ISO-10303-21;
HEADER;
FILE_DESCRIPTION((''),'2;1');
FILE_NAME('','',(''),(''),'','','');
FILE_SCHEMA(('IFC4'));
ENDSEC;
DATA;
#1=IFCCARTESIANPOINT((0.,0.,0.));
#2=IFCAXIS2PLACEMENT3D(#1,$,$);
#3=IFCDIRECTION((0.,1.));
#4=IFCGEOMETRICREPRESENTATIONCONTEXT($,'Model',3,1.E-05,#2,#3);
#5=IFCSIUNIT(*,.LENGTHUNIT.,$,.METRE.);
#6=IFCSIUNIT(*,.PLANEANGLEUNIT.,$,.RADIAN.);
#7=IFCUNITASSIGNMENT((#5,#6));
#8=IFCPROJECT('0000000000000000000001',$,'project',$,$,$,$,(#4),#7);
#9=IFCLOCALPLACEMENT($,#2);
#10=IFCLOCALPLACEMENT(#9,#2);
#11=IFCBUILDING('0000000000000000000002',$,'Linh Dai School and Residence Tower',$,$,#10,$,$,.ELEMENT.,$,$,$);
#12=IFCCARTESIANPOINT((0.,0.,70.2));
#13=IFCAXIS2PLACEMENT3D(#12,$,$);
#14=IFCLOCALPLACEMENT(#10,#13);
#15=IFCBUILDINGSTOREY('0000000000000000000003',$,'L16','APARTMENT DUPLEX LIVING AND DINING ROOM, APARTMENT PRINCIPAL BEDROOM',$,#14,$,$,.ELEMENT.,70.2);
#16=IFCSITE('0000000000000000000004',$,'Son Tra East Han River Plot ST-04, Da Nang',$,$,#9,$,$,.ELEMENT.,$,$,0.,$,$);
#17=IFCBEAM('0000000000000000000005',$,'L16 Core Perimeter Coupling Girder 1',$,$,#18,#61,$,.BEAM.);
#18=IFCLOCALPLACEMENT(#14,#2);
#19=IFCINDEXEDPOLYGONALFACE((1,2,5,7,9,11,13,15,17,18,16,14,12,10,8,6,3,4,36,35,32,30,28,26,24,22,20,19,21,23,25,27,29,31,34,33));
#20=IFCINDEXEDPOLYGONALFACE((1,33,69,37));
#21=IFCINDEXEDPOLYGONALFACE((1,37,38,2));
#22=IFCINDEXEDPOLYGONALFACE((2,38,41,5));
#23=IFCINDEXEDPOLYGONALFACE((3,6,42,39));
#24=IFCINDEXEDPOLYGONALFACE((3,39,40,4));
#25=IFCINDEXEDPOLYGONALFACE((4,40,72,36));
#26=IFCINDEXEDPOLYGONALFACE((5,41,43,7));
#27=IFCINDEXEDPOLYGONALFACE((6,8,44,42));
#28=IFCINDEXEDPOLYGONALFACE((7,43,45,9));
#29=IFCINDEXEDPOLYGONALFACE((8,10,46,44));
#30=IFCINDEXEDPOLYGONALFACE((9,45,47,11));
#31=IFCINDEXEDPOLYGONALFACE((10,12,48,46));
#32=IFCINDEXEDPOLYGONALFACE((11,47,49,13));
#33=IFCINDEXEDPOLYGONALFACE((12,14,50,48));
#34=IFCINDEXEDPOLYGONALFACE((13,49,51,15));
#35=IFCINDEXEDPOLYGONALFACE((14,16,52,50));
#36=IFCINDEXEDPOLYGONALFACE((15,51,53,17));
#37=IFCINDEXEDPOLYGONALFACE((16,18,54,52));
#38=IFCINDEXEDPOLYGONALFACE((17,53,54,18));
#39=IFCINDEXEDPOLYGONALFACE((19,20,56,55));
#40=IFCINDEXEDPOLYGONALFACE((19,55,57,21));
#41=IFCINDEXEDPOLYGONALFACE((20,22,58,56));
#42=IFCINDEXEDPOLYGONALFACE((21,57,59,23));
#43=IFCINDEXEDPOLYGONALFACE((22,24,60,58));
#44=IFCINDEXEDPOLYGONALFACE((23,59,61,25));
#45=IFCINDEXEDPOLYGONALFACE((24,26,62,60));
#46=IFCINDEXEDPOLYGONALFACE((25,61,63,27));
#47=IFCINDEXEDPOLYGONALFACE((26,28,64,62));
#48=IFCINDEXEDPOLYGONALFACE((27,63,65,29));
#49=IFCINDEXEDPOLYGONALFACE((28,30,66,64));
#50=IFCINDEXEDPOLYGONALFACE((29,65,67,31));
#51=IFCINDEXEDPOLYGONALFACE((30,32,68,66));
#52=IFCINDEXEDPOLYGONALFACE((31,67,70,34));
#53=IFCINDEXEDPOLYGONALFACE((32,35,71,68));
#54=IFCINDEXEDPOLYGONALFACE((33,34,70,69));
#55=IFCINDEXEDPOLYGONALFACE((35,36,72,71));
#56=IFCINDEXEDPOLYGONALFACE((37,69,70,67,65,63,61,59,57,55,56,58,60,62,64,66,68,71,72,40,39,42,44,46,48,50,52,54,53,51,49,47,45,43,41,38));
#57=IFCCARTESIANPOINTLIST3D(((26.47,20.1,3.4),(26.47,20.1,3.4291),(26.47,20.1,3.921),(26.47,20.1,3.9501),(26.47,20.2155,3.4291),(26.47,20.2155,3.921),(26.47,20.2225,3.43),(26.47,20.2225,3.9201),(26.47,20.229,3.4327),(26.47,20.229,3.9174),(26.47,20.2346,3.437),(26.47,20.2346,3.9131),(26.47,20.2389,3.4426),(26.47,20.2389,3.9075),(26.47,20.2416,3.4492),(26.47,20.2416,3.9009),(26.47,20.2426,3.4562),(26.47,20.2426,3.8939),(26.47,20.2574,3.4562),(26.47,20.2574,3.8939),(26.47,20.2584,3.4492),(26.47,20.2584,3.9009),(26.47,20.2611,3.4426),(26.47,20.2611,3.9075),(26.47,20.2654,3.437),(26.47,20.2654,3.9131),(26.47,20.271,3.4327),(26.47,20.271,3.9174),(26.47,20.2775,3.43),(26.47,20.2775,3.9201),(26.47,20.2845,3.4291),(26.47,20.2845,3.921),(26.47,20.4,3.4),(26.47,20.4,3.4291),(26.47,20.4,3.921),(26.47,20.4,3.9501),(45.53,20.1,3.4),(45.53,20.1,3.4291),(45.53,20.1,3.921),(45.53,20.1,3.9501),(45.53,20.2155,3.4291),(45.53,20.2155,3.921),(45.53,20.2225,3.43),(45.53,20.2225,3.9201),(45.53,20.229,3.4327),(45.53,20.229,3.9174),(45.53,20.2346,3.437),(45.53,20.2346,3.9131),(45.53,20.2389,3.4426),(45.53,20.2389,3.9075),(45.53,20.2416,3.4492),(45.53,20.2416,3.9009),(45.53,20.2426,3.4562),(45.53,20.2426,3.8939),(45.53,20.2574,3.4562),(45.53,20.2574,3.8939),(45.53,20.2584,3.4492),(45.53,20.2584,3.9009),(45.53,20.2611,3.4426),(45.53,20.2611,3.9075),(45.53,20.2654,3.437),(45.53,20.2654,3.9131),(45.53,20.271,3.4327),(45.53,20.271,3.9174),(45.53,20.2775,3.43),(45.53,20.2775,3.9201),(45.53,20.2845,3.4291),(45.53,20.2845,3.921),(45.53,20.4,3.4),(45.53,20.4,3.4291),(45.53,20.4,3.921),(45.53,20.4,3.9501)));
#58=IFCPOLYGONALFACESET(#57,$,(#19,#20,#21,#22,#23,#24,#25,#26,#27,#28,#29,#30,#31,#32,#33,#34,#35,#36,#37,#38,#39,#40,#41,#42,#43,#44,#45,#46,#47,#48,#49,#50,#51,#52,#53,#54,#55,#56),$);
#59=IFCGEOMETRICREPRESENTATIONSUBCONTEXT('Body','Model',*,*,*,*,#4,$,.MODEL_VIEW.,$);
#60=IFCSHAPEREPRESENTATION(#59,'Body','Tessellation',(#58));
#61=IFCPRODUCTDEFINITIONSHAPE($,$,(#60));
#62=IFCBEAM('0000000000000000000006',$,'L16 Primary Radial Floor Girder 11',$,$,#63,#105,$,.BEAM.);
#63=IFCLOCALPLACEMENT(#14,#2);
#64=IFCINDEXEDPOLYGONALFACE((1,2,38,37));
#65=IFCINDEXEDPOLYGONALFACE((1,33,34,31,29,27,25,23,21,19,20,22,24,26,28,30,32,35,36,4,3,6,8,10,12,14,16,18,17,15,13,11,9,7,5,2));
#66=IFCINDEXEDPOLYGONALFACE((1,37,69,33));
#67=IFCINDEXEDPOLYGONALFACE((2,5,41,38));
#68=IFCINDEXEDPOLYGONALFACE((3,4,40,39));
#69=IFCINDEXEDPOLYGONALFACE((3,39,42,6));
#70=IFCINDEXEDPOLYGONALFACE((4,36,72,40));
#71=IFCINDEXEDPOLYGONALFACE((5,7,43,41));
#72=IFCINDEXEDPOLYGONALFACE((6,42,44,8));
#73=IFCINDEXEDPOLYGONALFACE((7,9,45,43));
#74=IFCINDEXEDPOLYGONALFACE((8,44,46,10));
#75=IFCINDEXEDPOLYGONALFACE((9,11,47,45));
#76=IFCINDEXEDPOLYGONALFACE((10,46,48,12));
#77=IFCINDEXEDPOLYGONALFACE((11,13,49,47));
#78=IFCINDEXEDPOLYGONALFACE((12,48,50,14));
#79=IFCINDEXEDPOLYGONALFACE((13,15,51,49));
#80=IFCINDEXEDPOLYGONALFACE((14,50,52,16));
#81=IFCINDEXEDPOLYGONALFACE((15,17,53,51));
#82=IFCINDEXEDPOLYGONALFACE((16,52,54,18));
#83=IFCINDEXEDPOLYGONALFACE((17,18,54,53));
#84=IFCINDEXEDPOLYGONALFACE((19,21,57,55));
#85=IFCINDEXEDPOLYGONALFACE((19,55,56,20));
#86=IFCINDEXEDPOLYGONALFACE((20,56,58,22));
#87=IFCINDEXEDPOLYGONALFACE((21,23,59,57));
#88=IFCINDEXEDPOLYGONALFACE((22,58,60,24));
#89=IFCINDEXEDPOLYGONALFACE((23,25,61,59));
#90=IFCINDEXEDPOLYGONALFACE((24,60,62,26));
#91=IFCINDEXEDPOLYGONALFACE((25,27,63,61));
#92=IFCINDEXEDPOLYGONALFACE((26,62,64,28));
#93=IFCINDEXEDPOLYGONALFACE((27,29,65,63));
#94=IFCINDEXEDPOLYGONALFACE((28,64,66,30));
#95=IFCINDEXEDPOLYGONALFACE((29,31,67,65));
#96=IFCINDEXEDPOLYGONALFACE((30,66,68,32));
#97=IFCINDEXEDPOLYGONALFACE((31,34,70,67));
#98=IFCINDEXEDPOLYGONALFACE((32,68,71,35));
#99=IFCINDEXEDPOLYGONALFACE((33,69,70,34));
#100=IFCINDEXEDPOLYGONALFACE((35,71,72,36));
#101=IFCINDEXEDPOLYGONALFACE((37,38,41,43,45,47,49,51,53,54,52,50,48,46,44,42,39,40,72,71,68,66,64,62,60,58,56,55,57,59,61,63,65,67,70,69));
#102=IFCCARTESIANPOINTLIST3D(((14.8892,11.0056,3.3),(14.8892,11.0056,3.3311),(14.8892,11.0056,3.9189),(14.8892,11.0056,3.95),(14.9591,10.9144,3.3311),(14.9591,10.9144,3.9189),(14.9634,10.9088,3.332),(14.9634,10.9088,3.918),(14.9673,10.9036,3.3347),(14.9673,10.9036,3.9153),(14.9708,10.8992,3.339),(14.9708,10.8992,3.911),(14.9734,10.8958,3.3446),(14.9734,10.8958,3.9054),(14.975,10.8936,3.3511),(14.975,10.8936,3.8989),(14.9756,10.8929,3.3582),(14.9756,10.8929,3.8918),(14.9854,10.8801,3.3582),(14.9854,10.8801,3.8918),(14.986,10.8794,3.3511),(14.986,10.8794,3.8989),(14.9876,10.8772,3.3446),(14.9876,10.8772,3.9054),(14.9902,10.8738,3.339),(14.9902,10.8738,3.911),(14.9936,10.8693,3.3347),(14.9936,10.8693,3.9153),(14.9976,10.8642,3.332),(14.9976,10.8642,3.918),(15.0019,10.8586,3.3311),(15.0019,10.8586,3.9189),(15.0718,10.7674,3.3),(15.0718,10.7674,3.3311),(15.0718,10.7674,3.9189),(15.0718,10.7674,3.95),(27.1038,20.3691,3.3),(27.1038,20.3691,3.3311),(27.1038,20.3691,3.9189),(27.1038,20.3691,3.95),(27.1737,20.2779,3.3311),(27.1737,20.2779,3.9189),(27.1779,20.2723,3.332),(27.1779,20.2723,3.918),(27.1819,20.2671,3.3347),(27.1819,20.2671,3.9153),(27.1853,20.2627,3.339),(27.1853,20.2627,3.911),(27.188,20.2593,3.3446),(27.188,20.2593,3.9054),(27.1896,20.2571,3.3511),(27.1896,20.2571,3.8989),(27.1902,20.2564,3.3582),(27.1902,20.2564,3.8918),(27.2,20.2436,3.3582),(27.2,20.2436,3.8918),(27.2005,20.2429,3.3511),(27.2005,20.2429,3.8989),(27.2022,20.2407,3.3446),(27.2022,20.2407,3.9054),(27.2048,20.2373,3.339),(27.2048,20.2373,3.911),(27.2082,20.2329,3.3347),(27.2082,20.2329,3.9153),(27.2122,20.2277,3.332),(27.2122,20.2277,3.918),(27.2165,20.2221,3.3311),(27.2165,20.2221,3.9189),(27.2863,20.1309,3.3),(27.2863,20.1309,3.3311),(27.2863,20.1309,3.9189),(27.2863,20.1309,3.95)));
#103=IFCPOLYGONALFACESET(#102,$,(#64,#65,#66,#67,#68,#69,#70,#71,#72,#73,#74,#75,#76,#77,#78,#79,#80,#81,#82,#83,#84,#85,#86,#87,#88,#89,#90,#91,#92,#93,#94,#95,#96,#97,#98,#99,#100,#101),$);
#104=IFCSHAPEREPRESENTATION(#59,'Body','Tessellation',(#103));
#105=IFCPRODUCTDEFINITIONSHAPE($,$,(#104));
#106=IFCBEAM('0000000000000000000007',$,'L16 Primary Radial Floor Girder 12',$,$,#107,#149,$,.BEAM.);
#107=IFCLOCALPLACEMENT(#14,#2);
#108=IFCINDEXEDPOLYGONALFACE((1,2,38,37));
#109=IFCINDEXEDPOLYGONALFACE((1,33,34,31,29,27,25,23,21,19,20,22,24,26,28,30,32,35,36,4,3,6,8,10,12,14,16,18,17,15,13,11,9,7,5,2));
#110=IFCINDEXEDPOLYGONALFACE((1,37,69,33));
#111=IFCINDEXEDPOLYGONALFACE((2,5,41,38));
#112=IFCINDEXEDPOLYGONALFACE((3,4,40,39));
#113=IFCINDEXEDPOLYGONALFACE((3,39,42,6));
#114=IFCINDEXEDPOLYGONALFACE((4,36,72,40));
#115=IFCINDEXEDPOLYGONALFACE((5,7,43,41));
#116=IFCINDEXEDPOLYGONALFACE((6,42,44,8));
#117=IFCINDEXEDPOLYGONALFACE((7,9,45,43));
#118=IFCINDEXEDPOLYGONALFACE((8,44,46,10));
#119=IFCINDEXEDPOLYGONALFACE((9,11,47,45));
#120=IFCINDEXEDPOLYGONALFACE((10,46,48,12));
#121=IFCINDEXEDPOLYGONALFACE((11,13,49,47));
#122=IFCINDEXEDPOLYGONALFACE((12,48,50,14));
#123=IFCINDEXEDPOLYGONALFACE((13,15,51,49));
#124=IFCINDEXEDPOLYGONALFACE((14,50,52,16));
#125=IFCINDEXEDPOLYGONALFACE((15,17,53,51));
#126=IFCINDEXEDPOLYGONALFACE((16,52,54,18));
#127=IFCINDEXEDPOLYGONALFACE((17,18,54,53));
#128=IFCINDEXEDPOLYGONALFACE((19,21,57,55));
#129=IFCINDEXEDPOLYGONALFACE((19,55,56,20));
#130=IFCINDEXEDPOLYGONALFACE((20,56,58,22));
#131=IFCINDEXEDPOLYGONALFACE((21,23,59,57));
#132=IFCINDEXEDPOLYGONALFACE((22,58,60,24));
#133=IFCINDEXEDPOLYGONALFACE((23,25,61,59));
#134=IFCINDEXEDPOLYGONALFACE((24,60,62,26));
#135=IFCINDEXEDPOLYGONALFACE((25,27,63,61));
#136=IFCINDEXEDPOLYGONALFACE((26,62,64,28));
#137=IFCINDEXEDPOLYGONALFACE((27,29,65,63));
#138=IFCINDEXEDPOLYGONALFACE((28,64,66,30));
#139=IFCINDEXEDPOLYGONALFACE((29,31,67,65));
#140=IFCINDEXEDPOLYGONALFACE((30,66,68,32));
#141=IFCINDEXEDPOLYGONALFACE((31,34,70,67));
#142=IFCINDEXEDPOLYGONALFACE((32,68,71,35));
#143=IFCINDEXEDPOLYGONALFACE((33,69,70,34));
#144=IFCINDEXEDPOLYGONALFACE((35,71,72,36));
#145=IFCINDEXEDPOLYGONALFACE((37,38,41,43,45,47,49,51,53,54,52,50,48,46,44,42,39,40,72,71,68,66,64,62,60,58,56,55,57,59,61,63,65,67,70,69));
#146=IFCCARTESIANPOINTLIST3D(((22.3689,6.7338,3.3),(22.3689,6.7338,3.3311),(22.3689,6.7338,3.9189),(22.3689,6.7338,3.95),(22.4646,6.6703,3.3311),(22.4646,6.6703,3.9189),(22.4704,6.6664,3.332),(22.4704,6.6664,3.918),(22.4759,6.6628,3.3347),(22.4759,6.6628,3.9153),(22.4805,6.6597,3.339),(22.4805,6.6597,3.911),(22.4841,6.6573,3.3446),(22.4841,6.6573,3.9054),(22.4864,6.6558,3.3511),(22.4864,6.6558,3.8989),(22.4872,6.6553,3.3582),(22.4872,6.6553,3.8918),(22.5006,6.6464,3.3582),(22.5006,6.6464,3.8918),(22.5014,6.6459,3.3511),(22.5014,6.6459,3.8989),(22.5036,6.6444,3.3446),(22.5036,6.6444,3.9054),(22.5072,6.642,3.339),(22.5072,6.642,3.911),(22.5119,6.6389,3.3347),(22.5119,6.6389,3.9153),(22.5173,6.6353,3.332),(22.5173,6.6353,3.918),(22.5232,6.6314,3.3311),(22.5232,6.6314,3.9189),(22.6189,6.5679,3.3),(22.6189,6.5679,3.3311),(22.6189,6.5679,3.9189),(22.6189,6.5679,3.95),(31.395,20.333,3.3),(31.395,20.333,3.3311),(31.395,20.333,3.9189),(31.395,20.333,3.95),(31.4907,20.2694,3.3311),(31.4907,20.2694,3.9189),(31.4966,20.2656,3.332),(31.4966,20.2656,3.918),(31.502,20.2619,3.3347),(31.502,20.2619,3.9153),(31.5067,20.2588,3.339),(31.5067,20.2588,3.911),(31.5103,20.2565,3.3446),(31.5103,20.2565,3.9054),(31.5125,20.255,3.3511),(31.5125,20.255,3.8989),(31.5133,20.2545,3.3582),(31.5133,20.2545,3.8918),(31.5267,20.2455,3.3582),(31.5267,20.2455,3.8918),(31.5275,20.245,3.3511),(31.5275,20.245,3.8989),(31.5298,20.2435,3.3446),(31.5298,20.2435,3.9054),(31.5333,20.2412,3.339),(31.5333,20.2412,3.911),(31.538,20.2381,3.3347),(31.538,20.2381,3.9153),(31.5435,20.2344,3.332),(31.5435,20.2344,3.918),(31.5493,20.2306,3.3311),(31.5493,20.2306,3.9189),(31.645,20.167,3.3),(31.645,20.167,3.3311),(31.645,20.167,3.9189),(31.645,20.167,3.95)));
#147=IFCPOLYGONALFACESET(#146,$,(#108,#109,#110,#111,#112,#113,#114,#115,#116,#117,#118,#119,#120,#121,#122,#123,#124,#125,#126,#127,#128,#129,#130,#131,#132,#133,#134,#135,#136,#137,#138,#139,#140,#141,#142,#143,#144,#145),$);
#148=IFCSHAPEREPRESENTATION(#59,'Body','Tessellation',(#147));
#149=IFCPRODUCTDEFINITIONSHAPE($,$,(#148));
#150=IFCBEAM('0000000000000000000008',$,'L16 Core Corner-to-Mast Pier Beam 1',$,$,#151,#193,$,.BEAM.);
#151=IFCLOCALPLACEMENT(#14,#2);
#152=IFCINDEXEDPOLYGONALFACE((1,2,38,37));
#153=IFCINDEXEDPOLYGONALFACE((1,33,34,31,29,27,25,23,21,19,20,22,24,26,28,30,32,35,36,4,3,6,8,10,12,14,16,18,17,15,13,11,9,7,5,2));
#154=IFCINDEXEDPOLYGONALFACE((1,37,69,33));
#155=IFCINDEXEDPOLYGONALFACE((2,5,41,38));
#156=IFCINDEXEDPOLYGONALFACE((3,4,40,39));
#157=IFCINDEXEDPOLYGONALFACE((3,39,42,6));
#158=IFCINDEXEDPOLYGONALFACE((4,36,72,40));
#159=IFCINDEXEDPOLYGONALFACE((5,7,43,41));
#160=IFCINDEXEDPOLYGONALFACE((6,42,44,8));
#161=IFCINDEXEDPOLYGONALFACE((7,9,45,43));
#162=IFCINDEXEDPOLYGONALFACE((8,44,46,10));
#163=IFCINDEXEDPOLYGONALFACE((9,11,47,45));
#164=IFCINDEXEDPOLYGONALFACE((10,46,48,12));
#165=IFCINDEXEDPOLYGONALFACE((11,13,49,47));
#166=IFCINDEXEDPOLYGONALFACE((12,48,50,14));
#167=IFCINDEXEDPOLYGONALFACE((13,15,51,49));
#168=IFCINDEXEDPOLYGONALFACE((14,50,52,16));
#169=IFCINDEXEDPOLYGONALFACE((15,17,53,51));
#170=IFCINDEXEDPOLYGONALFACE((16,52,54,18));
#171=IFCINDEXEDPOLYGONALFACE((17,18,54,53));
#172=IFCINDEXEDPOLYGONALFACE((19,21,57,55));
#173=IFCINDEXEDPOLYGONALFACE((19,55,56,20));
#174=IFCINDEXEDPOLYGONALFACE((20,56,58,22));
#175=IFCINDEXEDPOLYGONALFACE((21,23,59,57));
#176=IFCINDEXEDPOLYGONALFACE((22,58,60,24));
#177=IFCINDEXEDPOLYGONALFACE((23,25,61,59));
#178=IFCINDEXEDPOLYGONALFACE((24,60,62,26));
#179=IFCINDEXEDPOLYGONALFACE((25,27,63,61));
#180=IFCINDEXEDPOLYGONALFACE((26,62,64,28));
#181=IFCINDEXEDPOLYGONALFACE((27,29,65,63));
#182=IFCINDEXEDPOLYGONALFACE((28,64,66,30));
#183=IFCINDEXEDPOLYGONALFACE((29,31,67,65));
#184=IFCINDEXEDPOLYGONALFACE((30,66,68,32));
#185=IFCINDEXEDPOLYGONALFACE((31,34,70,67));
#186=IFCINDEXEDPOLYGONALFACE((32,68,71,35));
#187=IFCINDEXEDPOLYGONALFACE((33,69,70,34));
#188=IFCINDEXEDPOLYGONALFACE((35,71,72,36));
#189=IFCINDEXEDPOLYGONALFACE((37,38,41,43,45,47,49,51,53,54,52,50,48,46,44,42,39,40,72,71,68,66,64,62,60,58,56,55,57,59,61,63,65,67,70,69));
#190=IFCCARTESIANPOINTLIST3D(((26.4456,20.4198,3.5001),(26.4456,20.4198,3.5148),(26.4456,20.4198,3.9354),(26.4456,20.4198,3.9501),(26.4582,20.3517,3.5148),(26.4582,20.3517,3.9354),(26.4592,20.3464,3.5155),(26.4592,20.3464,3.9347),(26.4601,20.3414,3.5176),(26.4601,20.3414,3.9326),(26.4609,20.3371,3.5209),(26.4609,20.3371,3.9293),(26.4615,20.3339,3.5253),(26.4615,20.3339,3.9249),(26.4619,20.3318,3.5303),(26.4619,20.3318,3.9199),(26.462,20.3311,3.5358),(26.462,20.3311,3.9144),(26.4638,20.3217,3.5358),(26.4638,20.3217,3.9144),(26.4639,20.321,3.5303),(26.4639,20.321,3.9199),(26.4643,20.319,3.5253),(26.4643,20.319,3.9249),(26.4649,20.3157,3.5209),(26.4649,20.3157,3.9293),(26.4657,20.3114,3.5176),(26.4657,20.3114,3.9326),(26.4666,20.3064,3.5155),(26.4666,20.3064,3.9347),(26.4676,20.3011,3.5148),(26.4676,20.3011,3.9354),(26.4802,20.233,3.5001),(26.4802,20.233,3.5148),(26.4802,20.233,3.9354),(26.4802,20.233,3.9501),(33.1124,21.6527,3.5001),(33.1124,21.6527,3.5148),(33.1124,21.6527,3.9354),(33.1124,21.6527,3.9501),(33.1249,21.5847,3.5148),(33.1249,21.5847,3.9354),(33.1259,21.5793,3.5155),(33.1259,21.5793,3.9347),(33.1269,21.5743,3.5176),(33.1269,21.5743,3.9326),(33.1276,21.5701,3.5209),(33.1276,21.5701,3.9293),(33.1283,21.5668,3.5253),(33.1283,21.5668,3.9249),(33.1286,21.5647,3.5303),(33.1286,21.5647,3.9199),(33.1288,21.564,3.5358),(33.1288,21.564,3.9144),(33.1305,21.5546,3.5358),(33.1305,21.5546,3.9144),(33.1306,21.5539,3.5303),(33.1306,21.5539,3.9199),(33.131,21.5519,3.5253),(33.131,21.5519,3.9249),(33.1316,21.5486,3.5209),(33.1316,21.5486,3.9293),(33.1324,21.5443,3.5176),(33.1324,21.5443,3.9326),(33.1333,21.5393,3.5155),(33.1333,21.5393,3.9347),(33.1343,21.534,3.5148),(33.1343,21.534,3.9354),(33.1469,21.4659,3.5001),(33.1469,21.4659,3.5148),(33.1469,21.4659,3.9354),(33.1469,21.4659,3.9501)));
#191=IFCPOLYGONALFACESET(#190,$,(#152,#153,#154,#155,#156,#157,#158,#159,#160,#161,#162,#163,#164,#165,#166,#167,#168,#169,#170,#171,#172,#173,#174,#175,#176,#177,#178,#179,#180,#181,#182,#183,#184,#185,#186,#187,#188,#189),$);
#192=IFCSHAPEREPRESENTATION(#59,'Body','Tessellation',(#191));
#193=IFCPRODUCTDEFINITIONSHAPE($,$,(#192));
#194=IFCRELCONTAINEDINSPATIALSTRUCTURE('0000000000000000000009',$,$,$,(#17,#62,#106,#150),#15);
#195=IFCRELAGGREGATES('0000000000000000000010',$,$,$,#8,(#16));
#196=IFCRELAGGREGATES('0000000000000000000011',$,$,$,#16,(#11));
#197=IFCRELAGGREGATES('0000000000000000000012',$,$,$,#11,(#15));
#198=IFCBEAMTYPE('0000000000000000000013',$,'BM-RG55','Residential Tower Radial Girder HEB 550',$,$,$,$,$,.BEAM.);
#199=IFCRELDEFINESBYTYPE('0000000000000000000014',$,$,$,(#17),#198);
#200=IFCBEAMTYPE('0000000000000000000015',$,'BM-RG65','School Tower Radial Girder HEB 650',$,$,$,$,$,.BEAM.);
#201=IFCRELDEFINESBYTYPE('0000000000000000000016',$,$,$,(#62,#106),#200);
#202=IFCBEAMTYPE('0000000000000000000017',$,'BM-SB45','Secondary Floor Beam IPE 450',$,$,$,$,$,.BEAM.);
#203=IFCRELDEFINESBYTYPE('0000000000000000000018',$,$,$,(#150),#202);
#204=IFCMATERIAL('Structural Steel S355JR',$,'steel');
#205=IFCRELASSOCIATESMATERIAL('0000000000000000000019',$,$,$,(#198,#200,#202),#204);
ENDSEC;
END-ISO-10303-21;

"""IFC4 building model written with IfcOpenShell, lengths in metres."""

from ifc_helpers import new_model, si_unit, direction, frame, origin, origin_2d, place, context, subcontext, project, spatial, i_section, extrude, material, material_profile, profile_set, type_object, element, save


model = new_model("IFC4")

# Units and contexts
model_context = context("Model", 3, precision=1e-05, world=origin(), true_north=direction((0.0, 1.0)))
body_context = subcontext(model_context, "Body", "Model", "MODEL_VIEW")
ifc_project = project(units=[si_unit("LENGTHUNIT", "METRE"), si_unit("PLANEANGLEUNIT", "RADIAN")], contexts=[model_context])

# Site, building, storey
site_placement = place(None, origin())
site = spatial("IfcSite", under=ifc_project, at=site_placement, Name="Son Tra East Han River Plot ST-04, Da Nang", CompositionType="ELEMENT", RefElevation=0.0)
building_placement = place(site_placement, origin())
building = spatial("IfcBuilding", under=site, at=building_placement, Name="Linh Dai School and Residence Tower", CompositionType="ELEMENT")
storey_placement = place(building_placement, frame((0.0, 0.0, 70.2)))
storey = spatial("IfcBuildingStorey", under=building, at=storey_placement, Name="L16", Description="APARTMENT DUPLEX LIVING AND DINING ROOM, APARTMENT PRINCIPAL BEDROOM", CompositionType="ELEMENT", Elevation=70.2)

# Shared definitions
ifc_material_1 = material(Name="Structural Steel S355JR", Category="steel")

# Beams
ifc_material_profile_1 = material_profile(ifc_material_1, i_section(OverallWidth=0.3, OverallDepth=0.55, WebThickness=0.0149, FlangeThickness=0.0291, FilletRadius=0.0271, at=origin_2d()), Name="HEB 550")
ifc_profile_set_1 = profile_set([ifc_material_profile_1], Name="Structural Steel S355JR")
beam_type_1 = type_object("IfcBeamType", Name="BM-RG55", Description="Residential Tower Radial Girder HEB 550", PredefinedType="BEAM", material=ifc_profile_set_1)
beam_1_placement = place(storey_placement, frame((26.47, 20.25, 3.675), z_axis=(1.0, 0.0, 0.0), x_axis=(0.0, 1.0, 0.0)))
element("IfcBeam", 1, at=beam_1_placement, inside=storey, type_object=beam_type_1, Name="L16 Core Perimeter Coupling Girder 1", PredefinedType="BEAM", context=body_context, shape_type="SweptSolid", body=[
    extrude(i_section(OverallWidth=0.3, OverallDepth=0.55, WebThickness=0.0149, FlangeThickness=0.0291, FilletRadius=0.0271, at=origin_2d()), origin(), (0.0, 0.0, 1.0), 19.0601),
])
ifc_material_profile_2 = material_profile(ifc_material_1, i_section(OverallWidth=0.3, OverallDepth=0.6499, WebThickness=0.0161, FlangeThickness=0.031, FilletRadius=0.0271, at=origin_2d()), Name="HEB 650")
ifc_profile_set_2 = profile_set([ifc_material_profile_2], Name="Structural Steel S355JR")
beam_type_2 = type_object("IfcBeamType", Name="BM-RG65", Description="School Tower Radial Girder HEB 650", PredefinedType="BEAM", material=ifc_profile_set_2)
beam_2_placement = place(storey_placement, frame((27.1951, 20.25, 3.625), z_axis=(-0.793638, -0.608391, 0.0), x_axis=(0.608391, -0.793638, 0.0)))
element("IfcBeam", 2, at=beam_2_placement, inside=storey, type_object=beam_type_2, Name="L16 Primary Radial Floor Girder 11", PredefinedType="BEAM", context=body_context, shape_type="SweptSolid", body=[
    extrude(i_section(OverallWidth=0.3, OverallDepth=0.6499, WebThickness=0.0161, FlangeThickness=0.031, FilletRadius=0.0271, at=origin_2d()), origin(), (0.0, 0.0, 1.0), 15.3906),
])
beam_3_placement = place(storey_placement, frame((31.52, 20.25, 3.625), z_axis=(-0.553004, -0.833178, 0.0), x_axis=(0.833178, -0.553004, 0.0)))
element("IfcBeam", 3, at=beam_3_placement, inside=storey, type_object=beam_type_2, Name="L16 Primary Radial Floor Girder 12", PredefinedType="BEAM", context=body_context, shape_type="SweptSolid", body=[
    extrude(i_section(OverallWidth=0.3, OverallDepth=0.6499, WebThickness=0.0161, FlangeThickness=0.031, FilletRadius=0.0271, at=origin_2d()), origin(), (0.0, 0.0, 1.0), 16.322),
])
ifc_material_profile_3 = material_profile(ifc_material_1, i_section(OverallWidth=0.1899, OverallDepth=0.45, WebThickness=0.0095, FlangeThickness=0.0146, FilletRadius=0.021, at=origin_2d()), Name="IPE 450")
ifc_profile_set_3 = profile_set([ifc_material_profile_3], Name="Structural Steel S355JR")
beam_type_3 = type_object("IfcBeamType", Name="BM-SB45", Description="Secondary Floor Beam IPE 450", PredefinedType="BEAM", material=ifc_profile_set_3)
beam_4_placement = place(storey_placement, frame((26.4629, 20.3264, 3.7251), z_axis=(0.983326, 0.181851, 0.0), x_axis=(-0.181851, 0.983326, 0.0)))
element("IfcBeam", 4, at=beam_4_placement, inside=storey, type_object=beam_type_3, Name="L16 Core Corner-to-Mast Pier Beam 1", PredefinedType="BEAM", context=body_context, shape_type="SweptSolid", body=[
    extrude(i_section(OverallWidth=0.1899, OverallDepth=0.45, WebThickness=0.0095, FlangeThickness=0.0146, FilletRadius=0.021, at=origin_2d()), origin(), (0.0, 0.0, 1.0), 6.7798),
])

save(model, "model.ifc")
